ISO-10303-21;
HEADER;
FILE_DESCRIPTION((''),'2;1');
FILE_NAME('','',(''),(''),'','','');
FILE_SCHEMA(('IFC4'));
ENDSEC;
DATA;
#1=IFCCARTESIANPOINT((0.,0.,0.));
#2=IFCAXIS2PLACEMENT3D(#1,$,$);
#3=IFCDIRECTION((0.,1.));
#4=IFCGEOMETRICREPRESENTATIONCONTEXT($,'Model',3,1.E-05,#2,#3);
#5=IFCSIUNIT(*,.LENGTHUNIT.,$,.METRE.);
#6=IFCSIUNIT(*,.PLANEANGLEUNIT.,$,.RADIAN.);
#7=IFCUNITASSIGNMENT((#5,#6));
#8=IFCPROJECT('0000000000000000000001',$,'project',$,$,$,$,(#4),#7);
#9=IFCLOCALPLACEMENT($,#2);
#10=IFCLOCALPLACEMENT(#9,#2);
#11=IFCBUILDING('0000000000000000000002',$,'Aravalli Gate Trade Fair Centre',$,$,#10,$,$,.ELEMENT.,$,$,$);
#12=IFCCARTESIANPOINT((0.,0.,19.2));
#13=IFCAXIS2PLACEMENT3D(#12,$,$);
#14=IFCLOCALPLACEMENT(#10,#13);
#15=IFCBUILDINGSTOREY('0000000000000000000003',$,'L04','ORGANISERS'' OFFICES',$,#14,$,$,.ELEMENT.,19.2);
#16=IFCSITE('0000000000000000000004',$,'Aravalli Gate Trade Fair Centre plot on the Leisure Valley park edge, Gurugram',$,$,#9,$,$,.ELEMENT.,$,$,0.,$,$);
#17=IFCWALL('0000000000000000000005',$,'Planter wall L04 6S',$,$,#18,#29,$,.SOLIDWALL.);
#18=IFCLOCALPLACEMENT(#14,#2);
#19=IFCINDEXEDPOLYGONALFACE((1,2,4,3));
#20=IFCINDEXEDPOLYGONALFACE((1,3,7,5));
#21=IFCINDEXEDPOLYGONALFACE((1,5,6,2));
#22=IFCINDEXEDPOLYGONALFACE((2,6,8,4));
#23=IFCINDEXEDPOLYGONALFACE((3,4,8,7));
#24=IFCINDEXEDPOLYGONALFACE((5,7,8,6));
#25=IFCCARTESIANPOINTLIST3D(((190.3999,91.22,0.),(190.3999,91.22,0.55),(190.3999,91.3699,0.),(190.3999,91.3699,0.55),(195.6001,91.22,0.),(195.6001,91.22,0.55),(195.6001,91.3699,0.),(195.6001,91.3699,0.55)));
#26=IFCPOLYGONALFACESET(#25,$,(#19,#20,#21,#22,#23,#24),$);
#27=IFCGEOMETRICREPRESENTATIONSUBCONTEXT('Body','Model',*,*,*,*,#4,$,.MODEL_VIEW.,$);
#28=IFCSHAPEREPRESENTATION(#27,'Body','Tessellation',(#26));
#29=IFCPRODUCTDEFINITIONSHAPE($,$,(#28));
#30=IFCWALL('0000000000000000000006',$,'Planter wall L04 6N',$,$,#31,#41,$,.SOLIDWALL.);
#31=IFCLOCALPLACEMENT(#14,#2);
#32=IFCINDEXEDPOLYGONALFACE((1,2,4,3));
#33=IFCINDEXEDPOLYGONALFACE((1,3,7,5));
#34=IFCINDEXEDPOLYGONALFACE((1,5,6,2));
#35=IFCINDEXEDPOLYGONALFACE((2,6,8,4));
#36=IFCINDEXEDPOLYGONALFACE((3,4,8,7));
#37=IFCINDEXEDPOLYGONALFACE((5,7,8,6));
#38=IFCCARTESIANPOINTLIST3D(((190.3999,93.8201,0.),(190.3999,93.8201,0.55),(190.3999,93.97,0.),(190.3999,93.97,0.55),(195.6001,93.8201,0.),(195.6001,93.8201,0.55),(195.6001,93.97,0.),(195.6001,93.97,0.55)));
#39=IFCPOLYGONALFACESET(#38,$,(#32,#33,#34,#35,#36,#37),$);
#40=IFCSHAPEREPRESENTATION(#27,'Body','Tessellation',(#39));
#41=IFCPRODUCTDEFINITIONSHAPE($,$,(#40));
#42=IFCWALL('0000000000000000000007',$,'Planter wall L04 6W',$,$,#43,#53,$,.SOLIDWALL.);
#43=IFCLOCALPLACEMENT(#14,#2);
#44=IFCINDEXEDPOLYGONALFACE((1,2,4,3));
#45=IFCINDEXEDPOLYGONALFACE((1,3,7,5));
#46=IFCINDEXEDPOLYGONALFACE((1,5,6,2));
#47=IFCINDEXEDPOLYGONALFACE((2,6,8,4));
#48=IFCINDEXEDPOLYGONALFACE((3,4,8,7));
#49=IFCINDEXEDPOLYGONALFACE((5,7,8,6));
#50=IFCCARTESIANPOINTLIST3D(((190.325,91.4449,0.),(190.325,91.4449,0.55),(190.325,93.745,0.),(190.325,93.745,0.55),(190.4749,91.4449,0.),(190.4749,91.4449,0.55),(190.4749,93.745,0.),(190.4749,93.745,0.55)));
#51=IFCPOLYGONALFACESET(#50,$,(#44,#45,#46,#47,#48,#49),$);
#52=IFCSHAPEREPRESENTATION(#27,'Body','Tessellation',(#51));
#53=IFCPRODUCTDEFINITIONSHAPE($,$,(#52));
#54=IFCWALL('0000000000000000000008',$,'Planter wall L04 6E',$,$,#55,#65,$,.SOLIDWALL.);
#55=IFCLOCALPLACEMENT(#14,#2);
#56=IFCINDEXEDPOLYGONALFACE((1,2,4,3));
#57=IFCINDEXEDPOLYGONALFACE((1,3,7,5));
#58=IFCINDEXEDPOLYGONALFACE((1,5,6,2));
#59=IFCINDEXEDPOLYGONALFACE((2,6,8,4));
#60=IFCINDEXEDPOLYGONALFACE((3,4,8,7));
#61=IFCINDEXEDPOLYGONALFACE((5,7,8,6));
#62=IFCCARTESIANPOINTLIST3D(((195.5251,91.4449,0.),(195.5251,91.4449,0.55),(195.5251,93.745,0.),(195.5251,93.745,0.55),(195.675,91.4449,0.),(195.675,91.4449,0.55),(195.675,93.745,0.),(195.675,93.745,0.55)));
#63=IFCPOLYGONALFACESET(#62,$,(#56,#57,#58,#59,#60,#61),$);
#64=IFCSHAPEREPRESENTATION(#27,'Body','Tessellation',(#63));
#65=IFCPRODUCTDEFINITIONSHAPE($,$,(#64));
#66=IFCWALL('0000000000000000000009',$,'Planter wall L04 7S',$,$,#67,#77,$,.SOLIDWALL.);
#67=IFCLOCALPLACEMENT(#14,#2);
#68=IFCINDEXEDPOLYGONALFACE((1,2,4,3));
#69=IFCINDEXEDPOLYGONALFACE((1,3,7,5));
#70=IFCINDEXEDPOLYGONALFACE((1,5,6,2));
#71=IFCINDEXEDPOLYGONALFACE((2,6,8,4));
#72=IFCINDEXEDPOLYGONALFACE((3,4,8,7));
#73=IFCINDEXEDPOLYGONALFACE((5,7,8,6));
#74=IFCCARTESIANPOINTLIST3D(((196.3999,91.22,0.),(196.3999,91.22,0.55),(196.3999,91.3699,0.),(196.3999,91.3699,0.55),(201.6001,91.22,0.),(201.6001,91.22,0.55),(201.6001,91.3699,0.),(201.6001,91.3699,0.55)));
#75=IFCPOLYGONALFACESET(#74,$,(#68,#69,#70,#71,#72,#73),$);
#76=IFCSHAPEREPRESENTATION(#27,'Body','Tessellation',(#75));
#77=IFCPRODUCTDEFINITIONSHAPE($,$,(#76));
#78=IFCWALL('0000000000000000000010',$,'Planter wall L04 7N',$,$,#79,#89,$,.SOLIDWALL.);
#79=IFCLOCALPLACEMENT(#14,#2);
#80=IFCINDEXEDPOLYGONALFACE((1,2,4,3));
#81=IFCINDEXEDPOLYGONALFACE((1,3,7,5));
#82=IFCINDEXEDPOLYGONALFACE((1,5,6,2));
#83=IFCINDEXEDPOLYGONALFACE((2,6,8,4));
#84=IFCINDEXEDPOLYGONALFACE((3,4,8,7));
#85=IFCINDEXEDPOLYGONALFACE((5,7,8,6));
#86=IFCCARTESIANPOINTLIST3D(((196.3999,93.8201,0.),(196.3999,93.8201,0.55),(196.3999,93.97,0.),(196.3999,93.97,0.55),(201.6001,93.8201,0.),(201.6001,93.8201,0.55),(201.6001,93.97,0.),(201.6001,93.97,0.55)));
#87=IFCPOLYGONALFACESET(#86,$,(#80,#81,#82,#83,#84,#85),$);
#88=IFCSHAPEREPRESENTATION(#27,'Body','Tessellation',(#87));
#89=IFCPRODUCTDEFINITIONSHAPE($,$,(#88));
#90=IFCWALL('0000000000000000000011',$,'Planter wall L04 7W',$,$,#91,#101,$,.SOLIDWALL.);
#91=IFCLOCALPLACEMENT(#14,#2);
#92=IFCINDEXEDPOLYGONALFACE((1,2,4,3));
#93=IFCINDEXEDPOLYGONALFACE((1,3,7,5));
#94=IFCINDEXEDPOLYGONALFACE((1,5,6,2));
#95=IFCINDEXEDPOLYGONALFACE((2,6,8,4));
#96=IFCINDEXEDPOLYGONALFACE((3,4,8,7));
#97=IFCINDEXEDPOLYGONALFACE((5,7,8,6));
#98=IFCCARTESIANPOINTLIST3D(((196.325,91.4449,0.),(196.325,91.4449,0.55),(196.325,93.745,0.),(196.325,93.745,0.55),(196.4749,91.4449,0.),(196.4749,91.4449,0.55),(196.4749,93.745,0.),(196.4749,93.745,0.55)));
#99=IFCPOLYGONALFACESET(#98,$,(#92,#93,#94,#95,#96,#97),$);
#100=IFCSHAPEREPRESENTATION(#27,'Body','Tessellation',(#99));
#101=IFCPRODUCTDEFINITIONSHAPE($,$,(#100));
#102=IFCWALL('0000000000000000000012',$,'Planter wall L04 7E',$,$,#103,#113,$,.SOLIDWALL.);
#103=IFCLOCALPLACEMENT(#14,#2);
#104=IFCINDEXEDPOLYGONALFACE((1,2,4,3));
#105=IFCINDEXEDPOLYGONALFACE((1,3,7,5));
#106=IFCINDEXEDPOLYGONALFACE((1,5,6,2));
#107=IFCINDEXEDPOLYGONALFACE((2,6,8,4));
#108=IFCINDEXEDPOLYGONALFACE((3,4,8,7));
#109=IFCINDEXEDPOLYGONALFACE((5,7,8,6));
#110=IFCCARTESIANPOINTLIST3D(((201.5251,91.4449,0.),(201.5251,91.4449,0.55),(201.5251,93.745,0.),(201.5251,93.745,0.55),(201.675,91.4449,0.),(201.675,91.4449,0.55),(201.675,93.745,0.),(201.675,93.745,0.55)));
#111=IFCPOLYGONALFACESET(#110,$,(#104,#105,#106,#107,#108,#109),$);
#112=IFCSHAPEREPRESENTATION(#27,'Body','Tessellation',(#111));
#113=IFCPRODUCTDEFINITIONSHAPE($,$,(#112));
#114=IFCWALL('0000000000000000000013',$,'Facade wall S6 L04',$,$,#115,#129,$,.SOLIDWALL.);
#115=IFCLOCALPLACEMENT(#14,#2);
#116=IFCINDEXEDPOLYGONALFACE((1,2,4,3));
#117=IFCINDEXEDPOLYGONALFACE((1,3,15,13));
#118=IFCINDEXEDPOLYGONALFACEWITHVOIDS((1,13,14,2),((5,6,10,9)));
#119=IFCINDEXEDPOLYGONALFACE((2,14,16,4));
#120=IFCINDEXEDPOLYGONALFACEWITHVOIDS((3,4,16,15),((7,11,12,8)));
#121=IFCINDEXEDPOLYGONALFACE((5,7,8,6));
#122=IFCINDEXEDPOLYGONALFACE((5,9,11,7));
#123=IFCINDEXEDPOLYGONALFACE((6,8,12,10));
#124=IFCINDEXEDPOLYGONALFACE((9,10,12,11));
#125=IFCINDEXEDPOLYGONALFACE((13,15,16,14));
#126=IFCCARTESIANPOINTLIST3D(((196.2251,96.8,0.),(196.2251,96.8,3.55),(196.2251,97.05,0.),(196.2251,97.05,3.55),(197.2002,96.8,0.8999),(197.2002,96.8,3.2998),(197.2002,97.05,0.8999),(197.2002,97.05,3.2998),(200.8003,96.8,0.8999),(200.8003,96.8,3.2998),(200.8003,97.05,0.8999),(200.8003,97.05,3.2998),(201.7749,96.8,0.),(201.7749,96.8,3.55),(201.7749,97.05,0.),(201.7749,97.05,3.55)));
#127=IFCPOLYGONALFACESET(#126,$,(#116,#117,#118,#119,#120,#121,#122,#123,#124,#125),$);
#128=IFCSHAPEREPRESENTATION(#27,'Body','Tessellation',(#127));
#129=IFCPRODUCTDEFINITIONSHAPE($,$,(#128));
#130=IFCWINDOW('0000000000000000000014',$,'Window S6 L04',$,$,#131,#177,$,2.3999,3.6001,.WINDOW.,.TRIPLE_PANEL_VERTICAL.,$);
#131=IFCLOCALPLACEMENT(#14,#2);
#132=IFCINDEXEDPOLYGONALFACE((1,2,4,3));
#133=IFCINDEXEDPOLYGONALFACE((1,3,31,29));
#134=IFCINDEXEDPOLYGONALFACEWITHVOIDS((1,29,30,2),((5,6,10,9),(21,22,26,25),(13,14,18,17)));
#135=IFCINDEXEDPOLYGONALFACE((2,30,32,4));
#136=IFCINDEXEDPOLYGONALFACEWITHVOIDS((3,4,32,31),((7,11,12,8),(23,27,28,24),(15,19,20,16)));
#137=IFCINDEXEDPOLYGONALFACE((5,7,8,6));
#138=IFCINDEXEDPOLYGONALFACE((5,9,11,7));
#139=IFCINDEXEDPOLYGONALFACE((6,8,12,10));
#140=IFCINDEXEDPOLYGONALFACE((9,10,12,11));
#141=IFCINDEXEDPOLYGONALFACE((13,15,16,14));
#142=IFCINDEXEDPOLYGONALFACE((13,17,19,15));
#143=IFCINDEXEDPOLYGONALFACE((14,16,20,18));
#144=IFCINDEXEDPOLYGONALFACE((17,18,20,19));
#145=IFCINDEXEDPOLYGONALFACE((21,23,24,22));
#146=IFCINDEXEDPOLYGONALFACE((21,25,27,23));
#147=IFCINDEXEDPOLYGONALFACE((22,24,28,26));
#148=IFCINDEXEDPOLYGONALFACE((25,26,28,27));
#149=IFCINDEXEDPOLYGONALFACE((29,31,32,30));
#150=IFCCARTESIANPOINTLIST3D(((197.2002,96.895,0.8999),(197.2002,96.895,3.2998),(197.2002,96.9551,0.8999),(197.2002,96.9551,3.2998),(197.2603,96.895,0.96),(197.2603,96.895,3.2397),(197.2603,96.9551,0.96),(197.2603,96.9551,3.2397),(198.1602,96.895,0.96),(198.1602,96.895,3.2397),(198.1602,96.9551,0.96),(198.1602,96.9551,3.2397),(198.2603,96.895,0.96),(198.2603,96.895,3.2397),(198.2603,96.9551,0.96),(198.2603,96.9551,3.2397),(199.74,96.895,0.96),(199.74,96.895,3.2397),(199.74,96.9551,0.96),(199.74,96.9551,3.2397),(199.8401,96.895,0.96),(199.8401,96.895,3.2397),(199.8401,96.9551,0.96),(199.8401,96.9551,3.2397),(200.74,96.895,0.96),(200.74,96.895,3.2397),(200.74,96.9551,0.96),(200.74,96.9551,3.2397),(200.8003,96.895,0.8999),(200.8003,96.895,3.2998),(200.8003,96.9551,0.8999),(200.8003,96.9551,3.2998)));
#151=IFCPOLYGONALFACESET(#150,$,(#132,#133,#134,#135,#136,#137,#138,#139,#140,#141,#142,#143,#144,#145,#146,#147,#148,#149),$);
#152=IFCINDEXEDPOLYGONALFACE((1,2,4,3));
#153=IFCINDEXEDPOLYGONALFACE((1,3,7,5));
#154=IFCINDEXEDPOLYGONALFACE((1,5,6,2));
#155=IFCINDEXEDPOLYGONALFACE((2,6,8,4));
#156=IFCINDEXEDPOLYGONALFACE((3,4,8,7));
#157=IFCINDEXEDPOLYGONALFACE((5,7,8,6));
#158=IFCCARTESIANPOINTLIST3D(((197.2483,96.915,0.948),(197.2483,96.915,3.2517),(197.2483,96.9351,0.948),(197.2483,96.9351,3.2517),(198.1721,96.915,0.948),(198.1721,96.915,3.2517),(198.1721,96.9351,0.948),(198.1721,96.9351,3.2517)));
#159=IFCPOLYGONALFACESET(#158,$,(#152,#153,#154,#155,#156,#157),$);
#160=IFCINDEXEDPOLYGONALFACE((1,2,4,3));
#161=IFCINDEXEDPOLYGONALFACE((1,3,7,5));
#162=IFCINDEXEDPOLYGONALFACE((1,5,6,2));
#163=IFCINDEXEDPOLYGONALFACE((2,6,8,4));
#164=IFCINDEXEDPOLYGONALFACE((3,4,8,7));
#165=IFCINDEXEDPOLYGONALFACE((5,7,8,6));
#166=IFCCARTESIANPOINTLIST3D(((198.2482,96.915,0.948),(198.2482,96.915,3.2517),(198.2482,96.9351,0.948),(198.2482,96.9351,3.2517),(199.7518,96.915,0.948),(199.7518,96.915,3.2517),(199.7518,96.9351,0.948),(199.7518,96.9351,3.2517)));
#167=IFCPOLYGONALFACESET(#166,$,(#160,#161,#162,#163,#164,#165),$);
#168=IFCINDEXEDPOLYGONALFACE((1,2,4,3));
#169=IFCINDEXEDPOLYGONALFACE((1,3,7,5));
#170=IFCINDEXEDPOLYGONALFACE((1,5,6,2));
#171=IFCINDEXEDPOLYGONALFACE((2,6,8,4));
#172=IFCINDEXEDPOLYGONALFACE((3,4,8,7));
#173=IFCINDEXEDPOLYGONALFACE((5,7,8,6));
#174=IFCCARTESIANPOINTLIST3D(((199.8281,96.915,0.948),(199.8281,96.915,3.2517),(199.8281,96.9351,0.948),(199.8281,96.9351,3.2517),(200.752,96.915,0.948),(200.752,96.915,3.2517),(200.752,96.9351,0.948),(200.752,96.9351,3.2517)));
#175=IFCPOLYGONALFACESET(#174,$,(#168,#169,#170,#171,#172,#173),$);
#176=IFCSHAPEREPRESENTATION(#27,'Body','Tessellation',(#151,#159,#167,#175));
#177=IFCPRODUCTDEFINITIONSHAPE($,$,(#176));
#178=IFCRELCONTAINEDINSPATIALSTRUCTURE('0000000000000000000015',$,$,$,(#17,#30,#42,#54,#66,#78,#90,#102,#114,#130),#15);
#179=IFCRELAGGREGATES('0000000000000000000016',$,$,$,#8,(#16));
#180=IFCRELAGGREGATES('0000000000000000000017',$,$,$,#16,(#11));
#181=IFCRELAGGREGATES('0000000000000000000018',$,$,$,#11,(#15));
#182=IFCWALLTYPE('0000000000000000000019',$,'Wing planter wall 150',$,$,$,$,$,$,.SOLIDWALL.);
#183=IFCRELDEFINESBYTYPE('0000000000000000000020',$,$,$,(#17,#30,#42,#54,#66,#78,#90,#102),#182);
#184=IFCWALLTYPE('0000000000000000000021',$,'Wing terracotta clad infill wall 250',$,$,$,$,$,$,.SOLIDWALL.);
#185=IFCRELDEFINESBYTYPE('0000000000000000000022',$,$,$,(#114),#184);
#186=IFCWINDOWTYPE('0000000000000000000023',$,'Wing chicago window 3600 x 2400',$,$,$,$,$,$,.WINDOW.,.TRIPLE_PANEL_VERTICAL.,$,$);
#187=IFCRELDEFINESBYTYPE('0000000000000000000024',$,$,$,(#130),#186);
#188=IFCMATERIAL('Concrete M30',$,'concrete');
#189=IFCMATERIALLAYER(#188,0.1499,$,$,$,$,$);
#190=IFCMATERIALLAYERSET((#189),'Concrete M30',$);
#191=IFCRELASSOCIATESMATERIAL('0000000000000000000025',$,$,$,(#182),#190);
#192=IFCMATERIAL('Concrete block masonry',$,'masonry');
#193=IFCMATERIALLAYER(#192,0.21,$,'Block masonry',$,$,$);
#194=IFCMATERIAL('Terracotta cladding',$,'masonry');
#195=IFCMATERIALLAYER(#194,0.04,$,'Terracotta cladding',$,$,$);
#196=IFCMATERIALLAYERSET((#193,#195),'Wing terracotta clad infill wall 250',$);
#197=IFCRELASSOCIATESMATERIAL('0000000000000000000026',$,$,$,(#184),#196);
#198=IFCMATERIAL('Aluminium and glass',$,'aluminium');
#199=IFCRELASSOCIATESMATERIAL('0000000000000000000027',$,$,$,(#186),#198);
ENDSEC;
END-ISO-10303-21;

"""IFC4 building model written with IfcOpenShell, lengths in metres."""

from ifc_helpers import new_model, si_unit, direction, frame, frame_2d, origin, place, context, subcontext, project, spatial, polyline, rectangle, outline, extrude, material, layer, layer_set, type_object, element, fill, save


model = new_model("IFC4")

# Units and contexts
model_context = context("Model", 3, precision=1e-05, world=origin(), true_north=direction((0.0, 1.0)))
body_context = subcontext(model_context, "Body", "Model", "MODEL_VIEW")
ifc_project = project(units=[si_unit("LENGTHUNIT", "METRE"), si_unit("PLANEANGLEUNIT", "RADIAN")], contexts=[model_context])

# Site, building, storey
site_placement = place(None, origin())
site = spatial("IfcSite", under=ifc_project, at=site_placement, Name="Aravalli Gate Trade Fair Centre plot on the Leisure Valley park edge, Gurugram", CompositionType="ELEMENT", RefElevation=0.0)
building_placement = place(site_placement, origin())
building = spatial("IfcBuilding", under=site, at=building_placement, Name="Aravalli Gate Trade Fair Centre", CompositionType="ELEMENT")
storey_placement = place(building_placement, frame((0.0, 0.0, 19.2)))
storey = spatial("IfcBuildingStorey", under=building, at=storey_placement, Name="L04", Description="ORGANISERS' OFFICES", CompositionType="ELEMENT", Elevation=19.2)

# Walls
ifc_material_1 = material(Name="Concrete M30", Category="concrete")
ifc_layer_1 = layer(ifc_material_1, 0.1499)
ifc_layer_set_1 = layer_set([ifc_layer_1], Name="Concrete M30")
wall_type_1 = type_object("IfcWallType", Name="Wing planter wall 150", PredefinedType="SOLIDWALL", material=ifc_layer_set_1)
for number, where, z_axis, x_axis, name in (
    (1, (190.3999, 91.2949, 0.0), (0.0, 0.0, 1.0), (1.0, 0.0, 0.0), "Planter wall L04 6S"),
    (2, (190.3999, 93.895, 0.0), (0.0, 0.0, 1.0), (1.0, 0.0, 0.0), "Planter wall L04 6N"),
):
    element("IfcWall", number, at=place(storey_placement, frame(where, z_axis=z_axis, x_axis=x_axis)), inside=storey, type_object=wall_type_1, Name=name, PredefinedType="SOLIDWALL", context=body_context, shape_type="SweptSolid", body=[
        extrude(rectangle(XDim=5.2002, YDim=0.1499, at=frame_2d((2.6001, 0.0))), origin(), (0.0, 0.0, 1.0), 0.55),
    ])
for number, where, z_axis, x_axis, name in (
    (3, (190.3999, 91.4451, 0.0), (0.0, 0.0, 1.0), (0.0, 1.0, 0.0), "Planter wall L04 6W"),
    (4, (195.6001, 91.4451, 0.0), (0.0, 0.0, 1.0), (0.0, 1.0, 0.0), "Planter wall L04 6E"),
):
    element("IfcWall", number, at=place(storey_placement, frame(where, z_axis=z_axis, x_axis=x_axis)), inside=storey, type_object=wall_type_1, Name=name, PredefinedType="SOLIDWALL", context=body_context, shape_type="SweptSolid", body=[
        extrude(rectangle(XDim=2.3, YDim=0.1499, at=frame_2d((1.1499, 0.0))), origin(), (0.0, 0.0, 1.0), 0.55),
    ])
for number, where, z_axis, x_axis, name in (
    (5, (196.3999, 91.2949, 0.0), (0.0, 0.0, 1.0), (1.0, 0.0, 0.0), "Planter wall L04 7S"),
    (6, (196.3999, 93.895, 0.0), (0.0, 0.0, 1.0), (1.0, 0.0, 0.0), "Planter wall L04 7N"),
):
    element("IfcWall", number, at=place(storey_placement, frame(where, z_axis=z_axis, x_axis=x_axis)), inside=storey, type_object=wall_type_1, Name=name, PredefinedType="SOLIDWALL", context=body_context, shape_type="SweptSolid", body=[
        extrude(rectangle(XDim=5.2002, YDim=0.1499, at=frame_2d((2.6001, 0.0))), origin(), (0.0, 0.0, 1.0), 0.55),
    ])
for number, where, z_axis, x_axis, name in (
    (7, (196.3999, 91.4451, 0.0), (0.0, 0.0, 1.0), (0.0, 1.0, 0.0), "Planter wall L04 7W"),
    (8, (201.6001, 91.4451, 0.0), (0.0, 0.0, 1.0), (0.0, 1.0, 0.0), "Planter wall L04 7E"),
):
    element("IfcWall", number, at=place(storey_placement, frame(where, z_axis=z_axis, x_axis=x_axis)), inside=storey, type_object=wall_type_1, Name=name, PredefinedType="SOLIDWALL", context=body_context, shape_type="SweptSolid", body=[
        extrude(rectangle(XDim=2.3, YDim=0.1499, at=frame_2d((1.1499, 0.0))), origin(), (0.0, 0.0, 1.0), 0.55),
    ])

# Wall, opening, window
ifc_material_2 = material(Name="Concrete block masonry", Category="masonry")
ifc_layer_2 = layer(ifc_material_2, 0.21, Name="Block masonry")
ifc_material_3 = material(Name="Terracotta cladding", Category="masonry")
ifc_layer_3 = layer(ifc_material_3, 0.04, Name="Terracotta cladding")
ifc_layer_set_2 = layer_set([ifc_layer_2, ifc_layer_3], Name="Wing terracotta clad infill wall 250")
wall_type_2 = type_object("IfcWallType", Name="Wing terracotta clad infill wall 250", PredefinedType="SOLIDWALL", material=ifc_layer_set_2)
wall_1_placement = place(storey_placement, frame((196.2251, 96.925, 0.0), z_axis=(0.0, 0.0, 1.0), x_axis=(1.0, 0.0, 0.0)))
wall_1 = element("IfcWall", 9, at=wall_1_placement, inside=storey, type_object=wall_type_2, Name="Facade wall S6 L04", PredefinedType="SOLIDWALL", context=body_context, shape_type="SweptSolid", body=[
    extrude(rectangle(XDim=5.5498, YDim=0.25, at=frame_2d((2.7749, 0.0))), origin(), (0.0, 0.0, 1.0), 3.55),
])
opening_1_placement = place(wall_1_placement, frame((0.9751, 0.0, 0.8999)))
opening_1 = element("IfcOpeningElement", 10, at=opening_1_placement, cuts=wall_1, PredefinedType="OPENING", context=body_context, shape_type="SweptSolid", body=[
    extrude(rectangle(XDim=3.6001, YDim=2.3999, at=frame_2d((1.8, 1.2))), frame((0.0, 0.135, 0.0), z_axis=(0.0, -1.0, 0.0), x_axis=(1.0, 0.0, 0.0)), (0.0, 0.0, 1.0), 0.27),
])
ifc_material_4 = material(Name="Aluminium and glass", Category="aluminium")
window_type = type_object("IfcWindowType", Name="Wing chicago window 3600 x 2400", PartitioningType="TRIPLE_PANEL_VERTICAL", PredefinedType="WINDOW", material=ifc_material_4)
window_1_placement = place(opening_1_placement, origin())
window_1 = element("IfcWindow", 11, at=window_1_placement, inside=storey, type_object=window_type, Name="Window S6 L04", OverallHeight=2.3999, OverallWidth=3.6001, PartitioningType="TRIPLE_PANEL_VERTICAL", PredefinedType="WINDOW", context=body_context, shape_type="SweptSolid", body=[
    extrude(outline(polyline([(0.0, 0.0), (3.6001, 0.0), (3.6001, 2.3999), (0.0, 2.3999), (0.0, 0.0)]), holes=[polyline([(0.0601, 0.0601), (0.96, 0.0601), (0.96, 2.3398), (0.0601, 2.3398), (0.0601, 0.0601)]), polyline([(1.0601, 0.0601), (2.5398, 0.0601), (2.5398, 2.3398), (1.0601, 2.3398), (1.0601, 0.0601)]), polyline([(2.6399, 0.0601), (3.5398, 0.0601), (3.5398, 2.3398), (2.6399, 2.3398), (2.6399, 0.0601)])]), frame((0.0, 0.03, 0.0), z_axis=(0.0, -1.0, 0.0), x_axis=(1.0, 0.0, 0.0)), (0.0, 0.0, 1.0), 0.0601),
    extrude(rectangle(XDim=0.9238, YDim=2.3037, at=frame_2d((0.51, 1.2))), frame((0.0, 0.01, 0.0), z_axis=(0.0, -1.0, 0.0), x_axis=(1.0, 0.0, 0.0)), (0.0, 0.0, 1.0), 0.02),
    extrude(rectangle(XDim=1.5037, YDim=2.3037, at=frame_2d((1.7998, 1.2))), frame((0.0, 0.01, 0.0), z_axis=(0.0, -1.0, 0.0), x_axis=(1.0, 0.0, 0.0)), (0.0, 0.0, 1.0), 0.02),
    extrude(rectangle(XDim=0.9238, YDim=2.3037, at=frame_2d((3.0898, 1.2))), frame((0.0, 0.01, 0.0), z_axis=(0.0, -1.0, 0.0), x_axis=(1.0, 0.0, 0.0)), (0.0, 0.0, 1.0), 0.02),
])
fill(opening_1, window_1)

save(model, "model.ifc")
